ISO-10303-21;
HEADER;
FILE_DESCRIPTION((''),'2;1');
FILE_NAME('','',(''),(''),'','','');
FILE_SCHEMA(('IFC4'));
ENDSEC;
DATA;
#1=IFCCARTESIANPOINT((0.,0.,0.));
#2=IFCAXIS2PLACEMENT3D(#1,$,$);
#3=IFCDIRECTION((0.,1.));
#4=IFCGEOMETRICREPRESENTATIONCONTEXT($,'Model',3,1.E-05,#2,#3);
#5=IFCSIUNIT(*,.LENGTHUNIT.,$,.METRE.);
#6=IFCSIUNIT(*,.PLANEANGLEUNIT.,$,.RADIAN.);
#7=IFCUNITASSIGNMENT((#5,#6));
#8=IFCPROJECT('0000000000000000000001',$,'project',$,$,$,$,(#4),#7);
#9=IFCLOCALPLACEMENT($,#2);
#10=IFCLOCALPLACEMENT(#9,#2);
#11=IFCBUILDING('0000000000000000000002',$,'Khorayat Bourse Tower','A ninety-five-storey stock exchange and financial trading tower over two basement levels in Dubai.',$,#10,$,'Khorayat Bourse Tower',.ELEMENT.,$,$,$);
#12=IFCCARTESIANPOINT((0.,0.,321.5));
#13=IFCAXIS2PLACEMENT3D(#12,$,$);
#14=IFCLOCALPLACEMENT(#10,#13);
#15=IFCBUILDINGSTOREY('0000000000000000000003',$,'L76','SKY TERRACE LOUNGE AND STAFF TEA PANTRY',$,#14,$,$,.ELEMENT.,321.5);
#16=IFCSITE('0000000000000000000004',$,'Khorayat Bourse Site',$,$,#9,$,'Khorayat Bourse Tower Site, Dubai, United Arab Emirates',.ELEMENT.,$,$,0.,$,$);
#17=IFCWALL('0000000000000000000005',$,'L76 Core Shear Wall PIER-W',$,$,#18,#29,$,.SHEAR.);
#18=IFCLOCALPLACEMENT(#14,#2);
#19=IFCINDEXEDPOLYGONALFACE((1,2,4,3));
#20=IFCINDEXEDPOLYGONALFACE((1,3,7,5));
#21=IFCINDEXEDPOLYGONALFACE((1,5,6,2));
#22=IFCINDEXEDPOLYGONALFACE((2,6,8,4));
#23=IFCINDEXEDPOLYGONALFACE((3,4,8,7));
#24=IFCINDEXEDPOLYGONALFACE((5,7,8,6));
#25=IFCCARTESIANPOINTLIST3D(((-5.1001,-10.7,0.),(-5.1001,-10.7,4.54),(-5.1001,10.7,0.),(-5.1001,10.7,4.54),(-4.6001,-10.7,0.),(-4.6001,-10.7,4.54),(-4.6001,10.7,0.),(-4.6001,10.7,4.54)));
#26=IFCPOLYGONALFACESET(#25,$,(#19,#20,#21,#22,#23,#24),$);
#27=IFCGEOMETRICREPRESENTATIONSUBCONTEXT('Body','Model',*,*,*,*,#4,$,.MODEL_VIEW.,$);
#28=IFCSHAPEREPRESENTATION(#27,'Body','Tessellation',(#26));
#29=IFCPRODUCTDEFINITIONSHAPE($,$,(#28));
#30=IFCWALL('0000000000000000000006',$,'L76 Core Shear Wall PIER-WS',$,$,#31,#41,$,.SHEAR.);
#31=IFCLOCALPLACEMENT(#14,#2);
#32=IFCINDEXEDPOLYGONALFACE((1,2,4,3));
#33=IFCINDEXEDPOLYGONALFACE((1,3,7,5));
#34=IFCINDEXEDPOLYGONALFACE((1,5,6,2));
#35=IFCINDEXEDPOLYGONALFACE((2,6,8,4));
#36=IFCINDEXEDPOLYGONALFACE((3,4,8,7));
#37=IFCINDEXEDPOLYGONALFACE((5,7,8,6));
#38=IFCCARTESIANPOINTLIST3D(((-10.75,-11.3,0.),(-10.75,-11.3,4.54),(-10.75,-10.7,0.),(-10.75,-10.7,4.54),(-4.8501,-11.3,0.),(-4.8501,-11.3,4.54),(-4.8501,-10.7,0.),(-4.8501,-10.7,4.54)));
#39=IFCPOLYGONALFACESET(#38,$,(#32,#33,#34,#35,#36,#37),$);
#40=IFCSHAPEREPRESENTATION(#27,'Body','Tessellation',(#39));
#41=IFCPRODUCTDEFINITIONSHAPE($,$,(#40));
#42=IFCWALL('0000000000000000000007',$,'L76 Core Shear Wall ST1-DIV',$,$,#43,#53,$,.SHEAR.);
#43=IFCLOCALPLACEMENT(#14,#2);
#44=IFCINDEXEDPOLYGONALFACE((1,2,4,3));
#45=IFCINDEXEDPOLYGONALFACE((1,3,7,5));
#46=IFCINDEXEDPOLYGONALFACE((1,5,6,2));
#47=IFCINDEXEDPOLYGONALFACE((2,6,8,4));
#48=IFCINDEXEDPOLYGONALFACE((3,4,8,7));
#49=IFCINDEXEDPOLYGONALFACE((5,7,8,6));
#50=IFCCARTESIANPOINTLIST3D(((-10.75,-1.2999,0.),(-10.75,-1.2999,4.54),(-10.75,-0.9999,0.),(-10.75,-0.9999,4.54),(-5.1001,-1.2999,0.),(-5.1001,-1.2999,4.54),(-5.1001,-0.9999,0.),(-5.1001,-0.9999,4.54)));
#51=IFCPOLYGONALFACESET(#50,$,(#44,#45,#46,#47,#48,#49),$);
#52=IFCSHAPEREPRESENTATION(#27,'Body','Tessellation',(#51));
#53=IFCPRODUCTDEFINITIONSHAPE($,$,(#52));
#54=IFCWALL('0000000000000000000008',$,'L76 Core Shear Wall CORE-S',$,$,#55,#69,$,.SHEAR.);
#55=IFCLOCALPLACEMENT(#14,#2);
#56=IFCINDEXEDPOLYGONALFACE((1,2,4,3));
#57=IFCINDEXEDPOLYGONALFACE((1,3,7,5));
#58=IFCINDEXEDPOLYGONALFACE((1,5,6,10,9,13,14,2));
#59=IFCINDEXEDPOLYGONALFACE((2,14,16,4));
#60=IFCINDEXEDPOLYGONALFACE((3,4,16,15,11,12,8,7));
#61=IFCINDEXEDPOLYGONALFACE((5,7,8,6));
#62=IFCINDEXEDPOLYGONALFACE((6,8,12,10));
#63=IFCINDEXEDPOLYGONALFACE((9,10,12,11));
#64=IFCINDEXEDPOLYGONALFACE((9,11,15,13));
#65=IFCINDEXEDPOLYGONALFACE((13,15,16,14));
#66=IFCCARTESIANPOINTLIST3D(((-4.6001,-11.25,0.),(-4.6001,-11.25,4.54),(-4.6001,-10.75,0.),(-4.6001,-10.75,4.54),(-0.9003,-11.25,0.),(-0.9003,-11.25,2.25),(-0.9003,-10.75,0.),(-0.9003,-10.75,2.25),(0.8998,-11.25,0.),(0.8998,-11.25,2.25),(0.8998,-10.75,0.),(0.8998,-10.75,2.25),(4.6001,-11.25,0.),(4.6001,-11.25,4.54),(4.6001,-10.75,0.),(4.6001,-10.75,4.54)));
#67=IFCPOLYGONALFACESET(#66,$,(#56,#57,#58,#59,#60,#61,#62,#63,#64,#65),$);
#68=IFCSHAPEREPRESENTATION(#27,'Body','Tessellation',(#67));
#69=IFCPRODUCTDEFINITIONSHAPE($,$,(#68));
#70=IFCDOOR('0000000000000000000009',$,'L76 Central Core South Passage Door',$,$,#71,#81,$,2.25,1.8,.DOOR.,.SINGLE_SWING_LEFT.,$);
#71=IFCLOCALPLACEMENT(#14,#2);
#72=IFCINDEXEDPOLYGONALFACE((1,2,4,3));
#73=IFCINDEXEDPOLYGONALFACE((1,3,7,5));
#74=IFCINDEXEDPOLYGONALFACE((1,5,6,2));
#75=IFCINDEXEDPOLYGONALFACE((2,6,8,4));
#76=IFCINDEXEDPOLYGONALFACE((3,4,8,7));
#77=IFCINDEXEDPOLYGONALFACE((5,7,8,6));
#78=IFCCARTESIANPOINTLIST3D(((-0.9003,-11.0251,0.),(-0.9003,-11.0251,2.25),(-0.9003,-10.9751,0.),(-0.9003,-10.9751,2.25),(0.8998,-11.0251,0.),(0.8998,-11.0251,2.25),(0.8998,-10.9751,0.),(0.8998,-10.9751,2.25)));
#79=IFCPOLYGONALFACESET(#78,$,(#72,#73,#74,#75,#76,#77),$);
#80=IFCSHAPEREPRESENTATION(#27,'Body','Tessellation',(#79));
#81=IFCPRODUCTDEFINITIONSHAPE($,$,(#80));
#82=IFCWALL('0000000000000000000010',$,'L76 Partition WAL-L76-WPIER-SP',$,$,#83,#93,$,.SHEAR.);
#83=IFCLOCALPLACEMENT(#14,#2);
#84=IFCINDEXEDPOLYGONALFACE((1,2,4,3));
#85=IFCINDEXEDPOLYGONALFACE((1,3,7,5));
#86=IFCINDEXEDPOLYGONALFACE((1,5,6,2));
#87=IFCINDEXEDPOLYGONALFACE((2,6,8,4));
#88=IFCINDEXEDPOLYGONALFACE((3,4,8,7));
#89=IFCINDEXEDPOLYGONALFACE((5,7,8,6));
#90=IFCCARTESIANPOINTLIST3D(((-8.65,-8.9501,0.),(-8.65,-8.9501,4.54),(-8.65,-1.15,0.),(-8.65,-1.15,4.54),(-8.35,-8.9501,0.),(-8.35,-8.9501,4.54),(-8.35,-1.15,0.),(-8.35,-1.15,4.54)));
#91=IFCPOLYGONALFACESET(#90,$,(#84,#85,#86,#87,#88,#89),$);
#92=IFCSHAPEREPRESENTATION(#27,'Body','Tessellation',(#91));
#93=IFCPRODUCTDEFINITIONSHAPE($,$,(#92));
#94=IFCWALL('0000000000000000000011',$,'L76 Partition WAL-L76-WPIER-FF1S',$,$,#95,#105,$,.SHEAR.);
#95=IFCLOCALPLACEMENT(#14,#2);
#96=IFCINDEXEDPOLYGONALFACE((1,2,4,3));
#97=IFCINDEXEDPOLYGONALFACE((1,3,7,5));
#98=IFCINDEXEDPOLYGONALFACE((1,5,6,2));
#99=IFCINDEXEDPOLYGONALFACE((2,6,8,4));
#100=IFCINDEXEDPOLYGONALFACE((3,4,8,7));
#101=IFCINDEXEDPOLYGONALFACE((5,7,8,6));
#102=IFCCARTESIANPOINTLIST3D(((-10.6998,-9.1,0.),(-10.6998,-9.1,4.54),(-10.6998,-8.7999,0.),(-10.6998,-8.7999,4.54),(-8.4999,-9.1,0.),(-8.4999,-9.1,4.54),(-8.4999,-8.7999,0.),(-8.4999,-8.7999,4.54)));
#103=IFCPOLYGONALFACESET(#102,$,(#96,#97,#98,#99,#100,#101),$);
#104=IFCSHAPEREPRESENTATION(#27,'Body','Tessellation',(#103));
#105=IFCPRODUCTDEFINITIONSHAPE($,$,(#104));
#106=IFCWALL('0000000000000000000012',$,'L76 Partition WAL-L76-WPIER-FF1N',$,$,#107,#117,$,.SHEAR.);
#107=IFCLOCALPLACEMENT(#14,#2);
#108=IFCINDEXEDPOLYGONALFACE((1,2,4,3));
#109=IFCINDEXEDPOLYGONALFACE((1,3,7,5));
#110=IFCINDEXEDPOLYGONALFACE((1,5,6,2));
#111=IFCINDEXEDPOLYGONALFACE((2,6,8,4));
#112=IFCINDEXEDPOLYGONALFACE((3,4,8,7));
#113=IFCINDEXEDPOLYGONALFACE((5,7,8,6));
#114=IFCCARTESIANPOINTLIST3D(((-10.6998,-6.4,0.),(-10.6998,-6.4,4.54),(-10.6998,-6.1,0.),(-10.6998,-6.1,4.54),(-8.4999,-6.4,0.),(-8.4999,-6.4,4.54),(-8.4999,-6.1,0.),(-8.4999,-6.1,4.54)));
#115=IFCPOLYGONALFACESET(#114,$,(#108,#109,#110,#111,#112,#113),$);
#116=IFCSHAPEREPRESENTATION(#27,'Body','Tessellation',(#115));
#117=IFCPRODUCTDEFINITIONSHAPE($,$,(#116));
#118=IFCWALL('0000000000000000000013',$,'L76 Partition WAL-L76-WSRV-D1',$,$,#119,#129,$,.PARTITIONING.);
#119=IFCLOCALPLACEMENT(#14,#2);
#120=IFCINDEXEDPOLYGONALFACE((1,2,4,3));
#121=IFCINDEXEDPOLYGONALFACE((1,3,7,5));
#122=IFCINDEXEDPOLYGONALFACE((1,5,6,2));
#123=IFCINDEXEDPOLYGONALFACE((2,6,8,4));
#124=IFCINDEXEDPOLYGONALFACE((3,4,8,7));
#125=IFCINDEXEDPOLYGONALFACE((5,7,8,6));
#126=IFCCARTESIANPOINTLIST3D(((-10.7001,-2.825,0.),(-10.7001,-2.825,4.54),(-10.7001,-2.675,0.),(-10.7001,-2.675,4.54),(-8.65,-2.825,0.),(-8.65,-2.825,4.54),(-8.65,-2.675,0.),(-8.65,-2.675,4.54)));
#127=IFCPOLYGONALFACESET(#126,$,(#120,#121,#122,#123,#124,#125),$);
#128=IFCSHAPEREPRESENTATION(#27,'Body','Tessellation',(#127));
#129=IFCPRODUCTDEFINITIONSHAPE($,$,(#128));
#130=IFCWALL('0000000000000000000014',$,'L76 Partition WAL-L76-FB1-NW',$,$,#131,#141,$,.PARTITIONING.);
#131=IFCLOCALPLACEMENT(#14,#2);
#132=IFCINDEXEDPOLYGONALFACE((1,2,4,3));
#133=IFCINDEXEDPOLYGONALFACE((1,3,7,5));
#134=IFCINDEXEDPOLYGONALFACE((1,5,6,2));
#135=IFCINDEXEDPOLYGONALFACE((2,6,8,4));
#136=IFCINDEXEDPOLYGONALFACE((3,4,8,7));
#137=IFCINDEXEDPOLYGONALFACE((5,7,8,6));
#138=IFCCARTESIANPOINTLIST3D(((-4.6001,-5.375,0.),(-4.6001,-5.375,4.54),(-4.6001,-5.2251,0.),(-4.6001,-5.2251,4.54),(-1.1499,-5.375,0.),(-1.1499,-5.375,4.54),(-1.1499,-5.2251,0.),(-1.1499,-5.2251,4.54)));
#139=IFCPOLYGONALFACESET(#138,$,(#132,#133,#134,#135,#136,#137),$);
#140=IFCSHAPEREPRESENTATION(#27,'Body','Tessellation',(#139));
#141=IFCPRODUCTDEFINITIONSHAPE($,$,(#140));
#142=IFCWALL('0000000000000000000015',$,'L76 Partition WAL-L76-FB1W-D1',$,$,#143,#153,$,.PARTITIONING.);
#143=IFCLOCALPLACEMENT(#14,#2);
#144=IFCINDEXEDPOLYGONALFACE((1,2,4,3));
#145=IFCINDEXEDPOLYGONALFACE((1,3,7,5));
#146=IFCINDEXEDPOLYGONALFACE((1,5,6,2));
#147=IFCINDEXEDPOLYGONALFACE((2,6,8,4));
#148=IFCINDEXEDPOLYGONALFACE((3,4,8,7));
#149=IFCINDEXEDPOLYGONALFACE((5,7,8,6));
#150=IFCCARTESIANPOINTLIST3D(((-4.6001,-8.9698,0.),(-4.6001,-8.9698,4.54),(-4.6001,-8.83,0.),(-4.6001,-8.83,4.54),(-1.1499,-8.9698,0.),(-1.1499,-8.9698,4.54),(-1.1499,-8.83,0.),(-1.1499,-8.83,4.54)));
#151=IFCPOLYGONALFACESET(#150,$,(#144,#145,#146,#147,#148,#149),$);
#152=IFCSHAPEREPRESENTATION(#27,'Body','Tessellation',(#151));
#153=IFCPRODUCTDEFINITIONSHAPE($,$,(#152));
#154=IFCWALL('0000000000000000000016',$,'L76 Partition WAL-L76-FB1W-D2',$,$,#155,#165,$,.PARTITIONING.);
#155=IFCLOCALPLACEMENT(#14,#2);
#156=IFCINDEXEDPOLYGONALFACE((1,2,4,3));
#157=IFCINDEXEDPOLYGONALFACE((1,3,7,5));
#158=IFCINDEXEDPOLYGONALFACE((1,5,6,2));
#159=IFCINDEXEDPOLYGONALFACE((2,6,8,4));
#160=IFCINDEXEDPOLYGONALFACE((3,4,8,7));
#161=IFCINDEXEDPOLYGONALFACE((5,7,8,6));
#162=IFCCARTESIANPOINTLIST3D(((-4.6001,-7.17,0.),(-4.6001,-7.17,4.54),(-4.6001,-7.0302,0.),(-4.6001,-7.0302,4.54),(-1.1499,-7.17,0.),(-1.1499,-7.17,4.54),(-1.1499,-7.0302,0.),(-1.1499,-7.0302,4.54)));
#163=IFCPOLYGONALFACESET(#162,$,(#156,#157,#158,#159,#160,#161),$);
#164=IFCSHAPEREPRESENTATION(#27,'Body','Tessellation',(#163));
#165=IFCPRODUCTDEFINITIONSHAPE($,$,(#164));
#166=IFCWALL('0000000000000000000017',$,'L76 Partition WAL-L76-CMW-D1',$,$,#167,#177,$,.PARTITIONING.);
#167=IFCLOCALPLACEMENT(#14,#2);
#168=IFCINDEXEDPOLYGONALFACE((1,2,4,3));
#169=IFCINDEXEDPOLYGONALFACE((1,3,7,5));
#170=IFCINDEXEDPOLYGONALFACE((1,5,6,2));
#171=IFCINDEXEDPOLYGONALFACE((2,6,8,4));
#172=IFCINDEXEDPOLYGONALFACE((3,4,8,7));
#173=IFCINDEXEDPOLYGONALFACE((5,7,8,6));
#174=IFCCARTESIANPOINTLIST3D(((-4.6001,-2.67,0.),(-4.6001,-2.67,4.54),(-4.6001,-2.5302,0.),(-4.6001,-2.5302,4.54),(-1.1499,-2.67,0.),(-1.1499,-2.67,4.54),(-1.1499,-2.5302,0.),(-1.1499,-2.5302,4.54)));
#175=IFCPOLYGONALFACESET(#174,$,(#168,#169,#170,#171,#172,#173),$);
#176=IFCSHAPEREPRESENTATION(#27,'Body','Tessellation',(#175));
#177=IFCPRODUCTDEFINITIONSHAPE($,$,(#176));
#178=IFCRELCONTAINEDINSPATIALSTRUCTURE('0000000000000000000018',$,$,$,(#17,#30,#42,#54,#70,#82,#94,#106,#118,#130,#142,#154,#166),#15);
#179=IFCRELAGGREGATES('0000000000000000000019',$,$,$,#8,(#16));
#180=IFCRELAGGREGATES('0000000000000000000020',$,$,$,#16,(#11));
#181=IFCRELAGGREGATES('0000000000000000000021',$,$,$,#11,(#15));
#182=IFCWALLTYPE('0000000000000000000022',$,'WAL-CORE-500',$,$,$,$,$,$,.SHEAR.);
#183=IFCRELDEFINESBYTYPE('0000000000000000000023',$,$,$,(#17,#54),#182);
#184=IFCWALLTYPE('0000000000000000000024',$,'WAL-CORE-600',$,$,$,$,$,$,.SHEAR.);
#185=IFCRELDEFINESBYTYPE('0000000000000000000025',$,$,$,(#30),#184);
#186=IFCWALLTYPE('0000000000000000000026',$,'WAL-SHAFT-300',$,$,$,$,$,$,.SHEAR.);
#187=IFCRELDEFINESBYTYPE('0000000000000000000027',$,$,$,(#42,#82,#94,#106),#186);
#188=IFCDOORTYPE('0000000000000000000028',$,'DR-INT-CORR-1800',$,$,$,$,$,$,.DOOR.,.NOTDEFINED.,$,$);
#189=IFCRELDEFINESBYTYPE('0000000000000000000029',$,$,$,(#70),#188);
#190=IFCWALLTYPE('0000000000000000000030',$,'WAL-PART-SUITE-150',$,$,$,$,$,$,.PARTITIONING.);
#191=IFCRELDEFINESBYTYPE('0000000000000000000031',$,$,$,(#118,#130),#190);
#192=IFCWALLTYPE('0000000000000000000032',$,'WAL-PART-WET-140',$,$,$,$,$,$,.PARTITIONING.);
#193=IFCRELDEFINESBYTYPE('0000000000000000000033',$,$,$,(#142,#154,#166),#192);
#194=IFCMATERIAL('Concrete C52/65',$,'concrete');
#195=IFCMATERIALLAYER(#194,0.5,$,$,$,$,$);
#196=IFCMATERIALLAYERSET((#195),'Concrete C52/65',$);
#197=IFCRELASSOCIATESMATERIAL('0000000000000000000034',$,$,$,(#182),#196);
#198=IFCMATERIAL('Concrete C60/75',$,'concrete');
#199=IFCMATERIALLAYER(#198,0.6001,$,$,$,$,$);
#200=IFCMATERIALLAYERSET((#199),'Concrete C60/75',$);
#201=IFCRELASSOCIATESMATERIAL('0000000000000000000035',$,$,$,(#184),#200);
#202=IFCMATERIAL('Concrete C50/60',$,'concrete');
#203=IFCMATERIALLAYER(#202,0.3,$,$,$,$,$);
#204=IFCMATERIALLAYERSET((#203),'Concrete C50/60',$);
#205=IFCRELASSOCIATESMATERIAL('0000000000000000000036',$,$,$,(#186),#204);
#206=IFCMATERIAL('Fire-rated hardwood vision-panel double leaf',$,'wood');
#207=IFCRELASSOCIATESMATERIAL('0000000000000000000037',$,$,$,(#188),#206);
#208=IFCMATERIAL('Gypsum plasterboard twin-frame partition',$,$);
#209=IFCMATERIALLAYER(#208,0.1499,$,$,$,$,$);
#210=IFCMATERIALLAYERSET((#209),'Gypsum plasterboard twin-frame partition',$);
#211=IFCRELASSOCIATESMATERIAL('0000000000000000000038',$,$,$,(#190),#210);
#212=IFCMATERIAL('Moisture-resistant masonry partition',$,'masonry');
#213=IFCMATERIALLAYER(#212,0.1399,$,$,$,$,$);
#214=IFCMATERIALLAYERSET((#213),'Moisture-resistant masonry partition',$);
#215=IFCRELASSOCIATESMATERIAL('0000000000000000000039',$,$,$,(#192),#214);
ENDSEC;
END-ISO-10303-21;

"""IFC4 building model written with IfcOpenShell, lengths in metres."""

from ifc_helpers import new_model, si_unit, direction, frame, frame_2d, origin, place, context, subcontext, project, spatial, rectangle, extrude, source, transform, mapped, material, layer, layer_set, type_object, element, fill, save


model = new_model("IFC4")

# Units and contexts
model_context = context("Model", 3, precision=1e-05, world=origin(), true_north=direction((0.0, 1.0)))
body_context = subcontext(model_context, "Body", "Model", "MODEL_VIEW")
ifc_project = project(units=[si_unit("LENGTHUNIT", "METRE"), si_unit("PLANEANGLEUNIT", "RADIAN")], contexts=[model_context])

# Site, building, storey
site_placement = place(None, origin())
site = spatial("IfcSite", under=ifc_project, at=site_placement, Name="Khorayat Bourse Site", LongName="Khorayat Bourse Tower Site, Dubai, United Arab Emirates", CompositionType="ELEMENT", RefElevation=0.0)
building_placement = place(site_placement, origin())
building = spatial("IfcBuilding", under=site, at=building_placement, Name="Khorayat Bourse Tower", Description="A ninety-five-storey stock exchange and financial trading tower over two basement levels in Dubai.", LongName="Khorayat Bourse Tower", CompositionType="ELEMENT")
storey_placement = place(building_placement, frame((0.0, 0.0, 321.5)))
storey = spatial("IfcBuildingStorey", under=building, at=storey_placement, Name="L76", Description="SKY TERRACE LOUNGE AND STAFF TEA PANTRY", CompositionType="ELEMENT", Elevation=321.5)

# Shared definitions
ifc_material_1 = material(Name="Concrete C52/65", Category="concrete")

# Shared definitions
ifc_material_2 = material(Name="Concrete C60/75", Category="concrete")

# Walls
ifc_layer_1 = layer(ifc_material_1, 0.5)
ifc_layer_set_1 = layer_set([ifc_layer_1], Name="Concrete C52/65")
wall_type_1 = type_object("IfcWallType", Name="WAL-CORE-500", PredefinedType="SHEAR", material=ifc_layer_set_1)
shared_shape_1 = source(origin(), body_context, "Body", "SweptSolid", [
    extrude(rectangle(XDim=21.3999, YDim=0.5, at=frame_2d((10.7, 0.0))), origin(), (0.0, 0.0, 1.0), 4.54),
])
wall_1_placement = place(storey_placement, frame((-4.8501, -10.7, 0.0), z_axis=(0.0, 0.0, 1.0), x_axis=(0.0, 1.0, 0.0)))
element("IfcWall", 1, at=wall_1_placement, inside=storey, type_object=wall_type_1, Name="L76 Core Shear Wall PIER-W", PredefinedType="SHEAR", context=body_context, shape_type="MappedRepresentation", body=[
    mapped(shared_shape_1, transform((0.0, 0.0, 0.0), scale=1.0)),
])
ifc_layer_2 = layer(ifc_material_2, 0.6001)
ifc_layer_set_2 = layer_set([ifc_layer_2], Name="Concrete C60/75")
wall_type_2 = type_object("IfcWallType", Name="WAL-CORE-600", PredefinedType="SHEAR", material=ifc_layer_set_2)
shared_shape_2 = source(origin(), body_context, "Body", "SweptSolid", [
    extrude(rectangle(XDim=5.8999, YDim=0.6001, at=frame_2d((2.95, 0.0))), origin(), (0.0, 0.0, 1.0), 4.54),
])
wall_2_placement = place(storey_placement, frame((-10.75, -11.0, 0.0), z_axis=(0.0, 0.0, 1.0), x_axis=(1.0, 0.0, 0.0)))
element("IfcWall", 2, at=wall_2_placement, inside=storey, type_object=wall_type_2, Name="L76 Core Shear Wall PIER-WS", PredefinedType="SHEAR", context=body_context, shape_type="MappedRepresentation", body=[
    mapped(shared_shape_2, transform((0.0, 0.0, 0.0), scale=1.0)),
])
ifc_material_3 = material(Name="Concrete C50/60", Category="concrete")
ifc_layer_3 = layer(ifc_material_3, 0.3)
ifc_layer_set_3 = layer_set([ifc_layer_3], Name="Concrete C50/60")
wall_type_3 = type_object("IfcWallType", Name="WAL-SHAFT-300", PredefinedType="SHEAR", material=ifc_layer_set_3)
shared_shape_3 = source(origin(), body_context, "Body", "SweptSolid", [
    extrude(rectangle(XDim=5.6499, YDim=0.3, at=frame_2d((2.825, 0.0))), origin(), (0.0, 0.0, 1.0), 4.54),
])
wall_3_placement = place(storey_placement, frame((-10.75, -1.1499, 0.0), z_axis=(0.0, 0.0, 1.0), x_axis=(1.0, 0.0, 0.0)))
element("IfcWall", 3, at=wall_3_placement, inside=storey, type_object=wall_type_3, Name="L76 Core Shear Wall ST1-DIV", PredefinedType="SHEAR", context=body_context, shape_type="MappedRepresentation", body=[
    mapped(shared_shape_3, transform((0.0, 0.0, 0.0), scale=1.0)),
])

# Wall, opening, door
shared_shape_4 = source(origin(), body_context, "Body", "SweptSolid", [
    extrude(rectangle(XDim=9.2002, YDim=0.5, at=frame_2d((4.6001, 0.0))), origin(), (0.0, 0.0, 1.0), 4.54),
])
wall_4_placement = place(storey_placement, frame((-4.6001, -11.0, 0.0), z_axis=(0.0, 0.0, 1.0), x_axis=(1.0, 0.0, 0.0)))
wall_4 = element("IfcWall", 4, at=wall_4_placement, inside=storey, type_object=wall_type_1, Name="L76 Core Shear Wall CORE-S", PredefinedType="SHEAR", context=body_context, shape_type="MappedRepresentation", body=[
    mapped(shared_shape_4, transform((0.0, 0.0, 0.0), scale=1.0)),
])
shared_shape_5 = source(origin(), body_context, "Body", "SweptSolid", [
    extrude(rectangle(XDim=1.8, YDim=2.25, at=frame_2d((0.8999, 1.125))), frame((0.0, 0.26, 0.0), z_axis=(0.0, -1.0, 0.0), x_axis=(1.0, 0.0, 0.0)), (0.0, 0.0, 1.0), 0.52),
])
opening_placement = place(wall_4_placement, frame((3.7, 0.0, 0.0)))
opening = element("IfcOpeningElement", 5, at=opening_placement, cuts=wall_4, PredefinedType="OPENING", context=body_context, shape_type="MappedRepresentation", body=[
    mapped(shared_shape_5, transform((0.0, 0.0, 0.0), scale=1.0)),
])
ifc_material_4 = material(Name="Fire-rated hardwood vision-panel double leaf", Category="wood")
door_type = type_object("IfcDoorType", Name="DR-INT-CORR-1800", OperationType="NOTDEFINED", PredefinedType="DOOR", material=ifc_material_4)
shared_shape_6 = source(origin(), body_context, "Body", "SweptSolid", [
    extrude(rectangle(XDim=1.8, YDim=2.25, at=frame_2d((0.8999, 1.125))), frame((0.0, 0.0249, 0.0), z_axis=(0.0, -1.0, 0.0), x_axis=(1.0, 0.0, 0.0)), (0.0, 0.0, 1.0), 0.05),
])
door_placement = place(opening_placement, origin())
door = element("IfcDoor", 6, at=door_placement, inside=storey, type_object=door_type, Name="L76 Central Core South Passage Door", OperationType="SINGLE_SWING_LEFT", OverallHeight=2.25, OverallWidth=1.8, PredefinedType="DOOR", context=body_context, shape_type="MappedRepresentation", body=[
    mapped(shared_shape_6, transform((0.0, 0.0, 0.0), scale=1.0)),
])
fill(opening, door)

# Walls
shared_shape_7 = source(origin(), body_context, "Body", "SweptSolid", [
    extrude(rectangle(XDim=7.8, YDim=0.3, at=frame_2d((3.8999, 0.0))), origin(), (0.0, 0.0, 1.0), 4.54),
])
wall_5_placement = place(storey_placement, frame((-8.5, -8.95, 0.0), z_axis=(0.0, 0.0, 1.0), x_axis=(0.0, 1.0, 0.0)))
element("IfcWall", 7, at=wall_5_placement, inside=storey, type_object=wall_type_3, Name="L76 Partition WAL-L76-WPIER-SP", PredefinedType="SHEAR", context=body_context, shape_type="MappedRepresentation", body=[
    mapped(shared_shape_7, transform((0.0, 0.0, 0.0), scale=1.0)),
])
shared_shape_8 = source(origin(), body_context, "Body", "SweptSolid", [
    extrude(rectangle(XDim=2.2, YDim=0.3, at=frame_2d((1.1001, 0.0))), origin(), (0.0, 0.0, 1.0), 4.54),
])
for number, where, z_axis, x_axis, name in (
    (8, (-10.7, -8.95, 0.0), (0.0, 0.0, 1.0), (1.0, 0.0, 0.0), "L76 Partition WAL-L76-WPIER-FF1S"),
    (9, (-10.7, -6.25, 0.0), (0.0, 0.0, 1.0), (1.0, 0.0, 0.0), "L76 Partition WAL-L76-WPIER-FF1N"),
):
    element("IfcWall", number, at=place(storey_placement, frame(where, z_axis=z_axis, x_axis=x_axis)), inside=storey, type_object=wall_type_3, Name=name, PredefinedType="SHEAR", context=body_context, shape_type="MappedRepresentation", body=[
        mapped(shared_shape_8, transform((0.0, 0.0, 0.0), scale=1.0)),
    ])
ifc_material_5 = material(Name="Gypsum plasterboard twin-frame partition")
ifc_layer_4 = layer(ifc_material_5, 0.1499)
ifc_layer_set_4 = layer_set([ifc_layer_4], Name="Gypsum plasterboard twin-frame partition")
wall_type_4 = type_object("IfcWallType", Name="WAL-PART-SUITE-150", PredefinedType="PARTITIONING", material=ifc_layer_set_4)
shared_shape_9 = source(origin(), body_context, "Body", "SweptSolid", [
    extrude(rectangle(XDim=2.05, YDim=0.1499, at=frame_2d((1.0249, 0.0))), origin(), (0.0, 0.0, 1.0), 4.54),
])
wall_6_placement = place(storey_placement, frame((-10.7, -2.75, 0.0), z_axis=(0.0, 0.0, 1.0), x_axis=(1.0, 0.0, 0.0)))
element("IfcWall", 10, at=wall_6_placement, inside=storey, type_object=wall_type_4, Name="L76 Partition WAL-L76-WSRV-D1", PredefinedType="PARTITIONING", context=body_context, shape_type="MappedRepresentation", body=[
    mapped(shared_shape_9, transform((0.0, 0.0, 0.0), scale=1.0)),
])
shared_shape_10 = source(origin(), body_context, "Body", "SweptSolid", [
    extrude(rectangle(XDim=3.4502, YDim=0.1499, at=frame_2d((1.7251, 0.0))), origin(), (0.0, 0.0, 1.0), 4.54),
])
wall_7_placement = place(storey_placement, frame((-4.6001, -5.3, 0.0), z_axis=(0.0, 0.0, 1.0), x_axis=(1.0, 0.0, 0.0)))
element("IfcWall", 11, at=wall_7_placement, inside=storey, type_object=wall_type_4, Name="L76 Partition WAL-L76-FB1-NW", PredefinedType="PARTITIONING", context=body_context, shape_type="MappedRepresentation", body=[
    mapped(shared_shape_10, transform((0.0, 0.0, 0.0), scale=1.0)),
])
ifc_material_6 = material(Name="Moisture-resistant masonry partition", Category="masonry")
ifc_layer_5 = layer(ifc_material_6, 0.1399)
ifc_layer_set_5 = layer_set([ifc_layer_5], Name="Moisture-resistant masonry partition")
wall_type_5 = type_object("IfcWallType", Name="WAL-PART-WET-140", PredefinedType="PARTITIONING", material=ifc_layer_set_5)
shared_shape_11 = source(origin(), body_context, "Body", "SweptSolid", [
    extrude(rectangle(XDim=3.4502, YDim=0.1399, at=frame_2d((1.7251, 0.0))), origin(), (0.0, 0.0, 1.0), 4.54),
])
for number, where, z_axis, x_axis, name in (
    (12, (-4.6001, -8.8999, 0.0), (0.0, 0.0, 1.0), (1.0, 0.0, 0.0), "L76 Partition WAL-L76-FB1W-D1"),
    (13, (-4.6001, -7.1001, 0.0), (0.0, 0.0, 1.0), (1.0, 0.0, 0.0), "L76 Partition WAL-L76-FB1W-D2"),
    (14, (-4.6001, -2.6001, 0.0), (0.0, 0.0, 1.0), (1.0, 0.0, 0.0), "L76 Partition WAL-L76-CMW-D1"),
):
    element("IfcWall", number, at=place(storey_placement, frame(where, z_axis=z_axis, x_axis=x_axis)), inside=storey, type_object=wall_type_5, Name=name, PredefinedType="PARTITIONING", context=body_context, shape_type="MappedRepresentation", body=[
        mapped(shared_shape_11, transform((0.0, 0.0, 0.0), scale=1.0)),
    ])

save(model, "model.ifc")
